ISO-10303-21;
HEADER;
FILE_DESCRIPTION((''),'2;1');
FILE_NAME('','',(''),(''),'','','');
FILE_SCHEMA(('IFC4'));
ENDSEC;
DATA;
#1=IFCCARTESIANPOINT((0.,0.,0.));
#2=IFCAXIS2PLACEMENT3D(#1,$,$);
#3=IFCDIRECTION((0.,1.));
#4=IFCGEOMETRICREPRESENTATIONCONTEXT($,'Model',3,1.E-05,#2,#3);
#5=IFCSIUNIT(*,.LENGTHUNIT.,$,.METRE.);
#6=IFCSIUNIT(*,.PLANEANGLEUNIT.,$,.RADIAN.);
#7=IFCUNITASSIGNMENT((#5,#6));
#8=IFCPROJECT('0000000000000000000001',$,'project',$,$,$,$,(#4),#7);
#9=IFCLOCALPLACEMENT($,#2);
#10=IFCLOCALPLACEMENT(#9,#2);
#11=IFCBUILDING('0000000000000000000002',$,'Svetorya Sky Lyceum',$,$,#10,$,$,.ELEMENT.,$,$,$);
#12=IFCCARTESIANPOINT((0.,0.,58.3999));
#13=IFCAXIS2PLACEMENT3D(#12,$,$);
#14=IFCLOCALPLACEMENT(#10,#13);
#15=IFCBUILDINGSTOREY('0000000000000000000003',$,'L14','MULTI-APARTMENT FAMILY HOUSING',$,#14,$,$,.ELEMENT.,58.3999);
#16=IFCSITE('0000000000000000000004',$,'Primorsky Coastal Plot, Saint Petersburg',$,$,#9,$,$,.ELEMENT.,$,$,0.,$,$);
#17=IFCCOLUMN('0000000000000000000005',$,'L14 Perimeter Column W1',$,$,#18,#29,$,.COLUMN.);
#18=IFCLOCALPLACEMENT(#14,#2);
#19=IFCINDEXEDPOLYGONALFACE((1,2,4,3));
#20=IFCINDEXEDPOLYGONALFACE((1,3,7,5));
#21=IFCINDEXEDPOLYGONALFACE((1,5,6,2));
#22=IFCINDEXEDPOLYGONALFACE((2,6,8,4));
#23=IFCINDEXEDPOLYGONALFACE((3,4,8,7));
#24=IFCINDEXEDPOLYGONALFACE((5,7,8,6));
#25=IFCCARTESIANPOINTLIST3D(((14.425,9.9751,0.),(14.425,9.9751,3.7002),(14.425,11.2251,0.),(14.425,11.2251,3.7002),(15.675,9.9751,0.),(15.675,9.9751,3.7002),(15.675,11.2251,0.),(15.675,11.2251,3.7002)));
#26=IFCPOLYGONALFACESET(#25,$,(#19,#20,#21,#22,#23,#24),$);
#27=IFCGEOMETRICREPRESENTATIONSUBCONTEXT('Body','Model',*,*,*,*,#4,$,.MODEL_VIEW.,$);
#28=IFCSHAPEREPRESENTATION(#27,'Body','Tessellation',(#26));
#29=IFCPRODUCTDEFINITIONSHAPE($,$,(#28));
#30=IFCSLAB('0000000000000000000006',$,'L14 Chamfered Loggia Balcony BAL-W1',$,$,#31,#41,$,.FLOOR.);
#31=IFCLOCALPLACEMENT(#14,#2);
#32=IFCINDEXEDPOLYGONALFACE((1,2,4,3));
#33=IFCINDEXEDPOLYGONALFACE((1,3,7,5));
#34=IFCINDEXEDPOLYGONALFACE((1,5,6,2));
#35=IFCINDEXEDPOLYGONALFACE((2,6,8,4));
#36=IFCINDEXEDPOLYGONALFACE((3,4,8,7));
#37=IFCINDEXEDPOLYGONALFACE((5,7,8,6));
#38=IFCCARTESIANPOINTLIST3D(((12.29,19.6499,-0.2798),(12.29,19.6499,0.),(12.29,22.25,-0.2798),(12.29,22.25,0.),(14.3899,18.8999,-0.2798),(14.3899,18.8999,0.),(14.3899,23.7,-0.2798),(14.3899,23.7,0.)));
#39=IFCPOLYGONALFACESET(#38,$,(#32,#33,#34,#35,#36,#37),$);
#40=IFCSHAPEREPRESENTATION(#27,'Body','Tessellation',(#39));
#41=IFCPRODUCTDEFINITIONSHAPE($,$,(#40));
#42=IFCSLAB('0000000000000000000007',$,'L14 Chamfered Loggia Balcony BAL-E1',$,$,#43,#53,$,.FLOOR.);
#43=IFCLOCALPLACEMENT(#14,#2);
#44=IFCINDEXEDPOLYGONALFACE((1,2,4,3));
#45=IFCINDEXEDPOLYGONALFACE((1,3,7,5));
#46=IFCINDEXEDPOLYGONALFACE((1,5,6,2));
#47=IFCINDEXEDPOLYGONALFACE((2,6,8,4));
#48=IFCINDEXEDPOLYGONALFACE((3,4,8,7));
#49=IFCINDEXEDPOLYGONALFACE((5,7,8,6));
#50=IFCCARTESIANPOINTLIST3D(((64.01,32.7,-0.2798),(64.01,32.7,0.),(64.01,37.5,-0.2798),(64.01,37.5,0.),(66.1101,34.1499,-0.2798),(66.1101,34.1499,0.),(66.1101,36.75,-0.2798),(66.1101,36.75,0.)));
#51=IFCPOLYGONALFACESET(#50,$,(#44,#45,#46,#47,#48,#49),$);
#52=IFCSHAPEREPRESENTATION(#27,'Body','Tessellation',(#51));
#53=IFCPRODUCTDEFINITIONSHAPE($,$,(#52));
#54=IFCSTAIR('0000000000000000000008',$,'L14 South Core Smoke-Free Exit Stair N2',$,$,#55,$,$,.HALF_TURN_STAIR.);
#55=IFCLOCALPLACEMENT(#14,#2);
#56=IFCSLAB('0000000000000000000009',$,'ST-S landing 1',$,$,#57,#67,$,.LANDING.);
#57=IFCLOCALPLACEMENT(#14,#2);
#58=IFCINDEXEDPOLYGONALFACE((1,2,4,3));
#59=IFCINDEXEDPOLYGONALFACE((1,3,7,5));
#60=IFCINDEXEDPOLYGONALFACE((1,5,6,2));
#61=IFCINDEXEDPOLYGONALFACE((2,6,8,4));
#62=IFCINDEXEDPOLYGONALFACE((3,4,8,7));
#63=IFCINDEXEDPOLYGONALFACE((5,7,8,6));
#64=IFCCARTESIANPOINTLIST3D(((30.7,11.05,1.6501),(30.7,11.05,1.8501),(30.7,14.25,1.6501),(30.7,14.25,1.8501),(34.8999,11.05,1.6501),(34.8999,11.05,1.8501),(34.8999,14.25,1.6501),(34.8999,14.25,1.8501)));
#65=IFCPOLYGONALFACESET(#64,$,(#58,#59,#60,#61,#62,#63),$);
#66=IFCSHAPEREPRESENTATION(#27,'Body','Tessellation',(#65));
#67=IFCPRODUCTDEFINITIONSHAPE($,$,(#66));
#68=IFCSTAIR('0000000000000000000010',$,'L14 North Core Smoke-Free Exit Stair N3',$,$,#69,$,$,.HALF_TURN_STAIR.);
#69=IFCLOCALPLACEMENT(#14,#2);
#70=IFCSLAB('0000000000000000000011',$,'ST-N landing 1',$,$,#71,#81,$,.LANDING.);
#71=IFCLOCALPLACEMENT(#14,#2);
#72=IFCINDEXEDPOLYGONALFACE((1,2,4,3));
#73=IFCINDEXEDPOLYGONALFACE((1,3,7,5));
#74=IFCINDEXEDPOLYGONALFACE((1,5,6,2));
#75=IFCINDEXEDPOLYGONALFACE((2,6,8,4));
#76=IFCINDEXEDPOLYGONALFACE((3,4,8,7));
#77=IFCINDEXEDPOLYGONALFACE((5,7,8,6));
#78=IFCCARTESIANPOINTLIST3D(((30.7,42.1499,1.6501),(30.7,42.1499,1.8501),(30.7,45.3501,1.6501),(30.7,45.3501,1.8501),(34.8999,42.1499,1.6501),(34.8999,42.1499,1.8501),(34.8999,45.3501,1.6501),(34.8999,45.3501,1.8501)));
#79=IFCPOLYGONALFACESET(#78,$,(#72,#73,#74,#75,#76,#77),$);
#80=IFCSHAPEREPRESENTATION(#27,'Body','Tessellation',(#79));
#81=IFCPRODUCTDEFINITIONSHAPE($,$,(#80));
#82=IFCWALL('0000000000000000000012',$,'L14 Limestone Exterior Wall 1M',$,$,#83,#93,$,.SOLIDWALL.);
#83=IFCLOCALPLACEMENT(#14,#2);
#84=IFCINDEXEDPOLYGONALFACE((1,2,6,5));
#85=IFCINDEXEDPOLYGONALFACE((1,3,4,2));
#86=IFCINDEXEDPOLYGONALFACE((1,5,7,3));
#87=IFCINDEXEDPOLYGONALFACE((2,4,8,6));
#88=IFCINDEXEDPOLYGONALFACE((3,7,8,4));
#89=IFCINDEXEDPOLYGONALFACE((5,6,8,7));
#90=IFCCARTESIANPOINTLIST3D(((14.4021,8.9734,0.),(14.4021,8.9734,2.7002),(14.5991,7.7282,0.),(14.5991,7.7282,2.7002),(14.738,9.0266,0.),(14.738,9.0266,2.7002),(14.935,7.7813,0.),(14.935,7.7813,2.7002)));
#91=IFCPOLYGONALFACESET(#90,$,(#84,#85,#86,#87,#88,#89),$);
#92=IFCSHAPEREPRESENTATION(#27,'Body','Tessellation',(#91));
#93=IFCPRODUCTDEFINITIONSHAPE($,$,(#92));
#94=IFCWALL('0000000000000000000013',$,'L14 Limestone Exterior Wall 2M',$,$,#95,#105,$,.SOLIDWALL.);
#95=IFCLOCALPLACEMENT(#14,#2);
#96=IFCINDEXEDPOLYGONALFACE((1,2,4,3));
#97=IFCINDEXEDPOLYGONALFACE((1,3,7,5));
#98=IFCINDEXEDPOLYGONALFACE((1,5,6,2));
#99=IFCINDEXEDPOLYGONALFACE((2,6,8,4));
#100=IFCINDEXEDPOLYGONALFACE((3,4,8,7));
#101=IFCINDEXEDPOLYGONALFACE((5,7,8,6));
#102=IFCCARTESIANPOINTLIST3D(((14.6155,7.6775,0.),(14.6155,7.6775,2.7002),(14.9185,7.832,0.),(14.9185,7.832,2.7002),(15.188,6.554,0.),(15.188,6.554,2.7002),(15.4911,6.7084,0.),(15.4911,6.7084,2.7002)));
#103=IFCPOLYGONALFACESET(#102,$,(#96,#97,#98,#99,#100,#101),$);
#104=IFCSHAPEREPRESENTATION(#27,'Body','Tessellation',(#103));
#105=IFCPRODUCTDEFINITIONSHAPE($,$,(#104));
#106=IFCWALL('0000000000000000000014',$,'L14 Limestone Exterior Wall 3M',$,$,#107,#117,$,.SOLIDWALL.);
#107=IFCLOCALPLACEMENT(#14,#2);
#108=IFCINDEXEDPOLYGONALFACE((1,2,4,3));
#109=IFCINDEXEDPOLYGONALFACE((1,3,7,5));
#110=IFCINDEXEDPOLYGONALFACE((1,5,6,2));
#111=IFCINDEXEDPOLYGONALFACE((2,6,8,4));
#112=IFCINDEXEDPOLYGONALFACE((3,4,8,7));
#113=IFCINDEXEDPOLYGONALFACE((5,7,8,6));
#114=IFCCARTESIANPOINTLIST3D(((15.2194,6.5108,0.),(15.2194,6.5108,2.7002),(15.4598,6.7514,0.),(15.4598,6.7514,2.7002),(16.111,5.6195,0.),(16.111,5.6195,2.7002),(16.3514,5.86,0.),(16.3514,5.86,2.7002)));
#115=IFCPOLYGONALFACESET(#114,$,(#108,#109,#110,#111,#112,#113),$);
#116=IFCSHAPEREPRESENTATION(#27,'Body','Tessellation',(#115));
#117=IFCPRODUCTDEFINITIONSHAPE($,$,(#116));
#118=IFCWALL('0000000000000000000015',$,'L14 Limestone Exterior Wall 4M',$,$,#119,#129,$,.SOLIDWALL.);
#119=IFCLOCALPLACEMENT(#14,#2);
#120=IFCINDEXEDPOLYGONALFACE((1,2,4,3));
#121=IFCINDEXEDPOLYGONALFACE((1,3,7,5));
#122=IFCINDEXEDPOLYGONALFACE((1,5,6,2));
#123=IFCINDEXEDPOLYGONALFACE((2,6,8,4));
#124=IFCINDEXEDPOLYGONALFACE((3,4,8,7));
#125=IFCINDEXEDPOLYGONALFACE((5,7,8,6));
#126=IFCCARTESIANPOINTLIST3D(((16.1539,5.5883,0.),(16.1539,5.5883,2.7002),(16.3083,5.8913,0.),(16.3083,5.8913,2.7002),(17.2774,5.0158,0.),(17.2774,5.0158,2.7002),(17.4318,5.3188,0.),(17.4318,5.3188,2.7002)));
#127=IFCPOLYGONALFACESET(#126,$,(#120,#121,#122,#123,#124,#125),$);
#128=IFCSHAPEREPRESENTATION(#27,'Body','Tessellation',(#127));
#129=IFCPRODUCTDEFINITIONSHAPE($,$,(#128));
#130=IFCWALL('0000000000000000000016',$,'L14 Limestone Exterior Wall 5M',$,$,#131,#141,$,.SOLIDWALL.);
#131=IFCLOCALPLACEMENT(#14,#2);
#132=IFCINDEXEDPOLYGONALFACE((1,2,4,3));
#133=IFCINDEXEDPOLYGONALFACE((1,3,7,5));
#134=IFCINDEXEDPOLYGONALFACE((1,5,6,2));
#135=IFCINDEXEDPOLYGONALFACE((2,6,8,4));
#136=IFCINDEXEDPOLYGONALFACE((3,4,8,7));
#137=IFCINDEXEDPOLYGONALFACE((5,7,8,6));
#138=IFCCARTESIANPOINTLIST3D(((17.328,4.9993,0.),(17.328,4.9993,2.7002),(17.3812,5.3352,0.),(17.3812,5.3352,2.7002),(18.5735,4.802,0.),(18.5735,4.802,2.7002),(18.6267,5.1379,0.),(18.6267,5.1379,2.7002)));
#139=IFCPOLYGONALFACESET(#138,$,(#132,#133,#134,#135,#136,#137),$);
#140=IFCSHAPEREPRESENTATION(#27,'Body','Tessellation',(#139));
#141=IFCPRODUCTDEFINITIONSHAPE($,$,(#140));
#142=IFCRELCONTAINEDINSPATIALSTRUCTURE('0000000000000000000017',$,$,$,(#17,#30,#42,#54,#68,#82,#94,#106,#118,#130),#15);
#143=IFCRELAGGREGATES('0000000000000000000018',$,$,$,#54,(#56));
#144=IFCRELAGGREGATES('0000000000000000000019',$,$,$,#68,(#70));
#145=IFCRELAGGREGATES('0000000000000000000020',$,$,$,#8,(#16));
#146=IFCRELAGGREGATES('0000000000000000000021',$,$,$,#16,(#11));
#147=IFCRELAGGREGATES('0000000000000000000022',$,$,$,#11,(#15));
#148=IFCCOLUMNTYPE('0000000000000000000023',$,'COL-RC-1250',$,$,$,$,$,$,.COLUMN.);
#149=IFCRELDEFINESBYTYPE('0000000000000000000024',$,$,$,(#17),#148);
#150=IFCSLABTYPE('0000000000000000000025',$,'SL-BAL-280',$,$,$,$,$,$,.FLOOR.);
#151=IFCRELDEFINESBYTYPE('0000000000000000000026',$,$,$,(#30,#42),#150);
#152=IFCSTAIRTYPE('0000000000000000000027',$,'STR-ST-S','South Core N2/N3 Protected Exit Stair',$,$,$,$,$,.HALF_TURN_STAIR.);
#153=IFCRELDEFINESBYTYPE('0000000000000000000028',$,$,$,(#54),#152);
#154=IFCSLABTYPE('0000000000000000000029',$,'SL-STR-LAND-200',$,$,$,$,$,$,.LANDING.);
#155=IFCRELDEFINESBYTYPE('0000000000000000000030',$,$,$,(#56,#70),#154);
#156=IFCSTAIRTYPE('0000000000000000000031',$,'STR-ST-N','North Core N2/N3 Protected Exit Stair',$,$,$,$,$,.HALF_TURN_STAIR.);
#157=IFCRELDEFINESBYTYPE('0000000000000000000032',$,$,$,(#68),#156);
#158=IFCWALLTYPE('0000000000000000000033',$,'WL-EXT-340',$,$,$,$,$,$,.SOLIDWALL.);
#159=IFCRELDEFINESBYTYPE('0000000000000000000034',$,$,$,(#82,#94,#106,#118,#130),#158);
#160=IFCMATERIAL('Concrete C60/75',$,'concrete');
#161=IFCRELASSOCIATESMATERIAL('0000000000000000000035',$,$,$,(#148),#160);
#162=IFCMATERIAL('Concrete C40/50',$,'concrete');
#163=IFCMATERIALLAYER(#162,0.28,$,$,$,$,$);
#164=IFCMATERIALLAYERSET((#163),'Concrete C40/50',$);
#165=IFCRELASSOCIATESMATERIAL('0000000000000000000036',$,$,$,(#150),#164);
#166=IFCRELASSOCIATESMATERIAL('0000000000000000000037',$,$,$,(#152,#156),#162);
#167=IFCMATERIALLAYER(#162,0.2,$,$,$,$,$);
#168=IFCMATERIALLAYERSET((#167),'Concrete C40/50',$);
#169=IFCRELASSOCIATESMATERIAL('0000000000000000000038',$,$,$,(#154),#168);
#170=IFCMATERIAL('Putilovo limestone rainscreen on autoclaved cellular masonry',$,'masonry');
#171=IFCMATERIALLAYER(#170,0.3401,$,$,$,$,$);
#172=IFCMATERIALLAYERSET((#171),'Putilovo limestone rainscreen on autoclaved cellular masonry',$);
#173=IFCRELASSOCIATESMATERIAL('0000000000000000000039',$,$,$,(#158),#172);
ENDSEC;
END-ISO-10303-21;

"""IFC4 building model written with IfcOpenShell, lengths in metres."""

from ifc_helpers import new_model, si_unit, direction, frame, frame_2d, origin, origin_2d, place, context, subcontext, project, spatial, polyline, rectangle, outline, extrude, material, layer, layer_set, material_profile, profile_set, type_object, element, aggregate, save


model = new_model("IFC4")

# Units and contexts
model_context = context("Model", 3, precision=1e-05, world=origin(), true_north=direction((0.0, 1.0)))
body_context = subcontext(model_context, "Body", "Model", "MODEL_VIEW")
ifc_project = project(units=[si_unit("LENGTHUNIT", "METRE"), si_unit("PLANEANGLEUNIT", "RADIAN")], contexts=[model_context])

# Site, building, storey
site_placement = place(None, origin())
site = spatial("IfcSite", under=ifc_project, at=site_placement, Name="Primorsky Coastal Plot, Saint Petersburg", CompositionType="ELEMENT", RefElevation=0.0)
building_placement = place(site_placement, origin())
building = spatial("IfcBuilding", under=site, at=building_placement, Name="Svetorya Sky Lyceum", CompositionType="ELEMENT")
storey_placement = place(building_placement, frame((0.0, 0.0, 58.3999)))
storey = spatial("IfcBuildingStorey", under=building, at=storey_placement, Name="L14", Description="MULTI-APARTMENT FAMILY HOUSING", CompositionType="ELEMENT", Elevation=58.3999)

# Column
ifc_material_1 = material(Name="Concrete C60/75", Category="concrete")
ifc_material_profile = material_profile(ifc_material_1, rectangle(XDim=1.25, YDim=1.25, at=origin_2d()), Name="RC COL 1250x1250")
ifc_profile_set = profile_set([ifc_material_profile], Name="Concrete C60/75")
column_type = type_object("IfcColumnType", Name="COL-RC-1250", PredefinedType="COLUMN", material=ifc_profile_set)
column_placement = place(storey_placement, frame((15.05, 10.6001, 0.0), z_axis=(0.0, 0.0, 1.0), x_axis=(1.0, 0.0, 0.0)))
element("IfcColumn", 1, at=column_placement, inside=storey, type_object=column_type, Name="L14 Perimeter Column W1", PredefinedType="COLUMN", context=body_context, shape_type="SweptSolid", body=[
    extrude(rectangle(XDim=1.25, YDim=1.25, at=origin_2d()), origin(), (0.0, 0.0, 1.0), 3.7002),
])

# Slabs
ifc_material_2 = material(Name="Concrete C40/50", Category="concrete")
ifc_layer_1 = layer(ifc_material_2, 0.28)
ifc_layer_set_1 = layer_set([ifc_layer_1], Name="Concrete C40/50")
slab_type_1 = type_object("IfcSlabType", Name="SL-BAL-280", PredefinedType="FLOOR", material=ifc_layer_set_1)
slab_1_placement = place(storey_placement, frame((0.0, 0.0, -0.2798)))
element("IfcSlab", 2, at=slab_1_placement, inside=storey, type_object=slab_type_1, Name="L14 Chamfered Loggia Balcony BAL-W1", PredefinedType="FLOOR", context=body_context, shape_type="SweptSolid", body=[
    extrude(outline(polyline([(14.3899, 18.8999), (14.3899, 23.7), (12.29, 22.25), (12.29, 19.6499), (14.3899, 18.8999)])), origin(), (0.0, 0.0, 1.0), 0.2798),
])
slab_2_placement = place(storey_placement, frame((0.0, 0.0, -0.2798)))
element("IfcSlab", 3, at=slab_2_placement, inside=storey, type_object=slab_type_1, Name="L14 Chamfered Loggia Balcony BAL-E1", PredefinedType="FLOOR", context=body_context, shape_type="SweptSolid", body=[
    extrude(outline(polyline([(64.01, 32.7), (66.1101, 34.1499), (66.1101, 36.75), (64.01, 37.5), (64.01, 32.7)])), origin(), (0.0, 0.0, 1.0), 0.2798),
])

# Stairs, slabs
stair_type_1 = type_object("IfcStairType", Name="STR-ST-S", Description="South Core N2/N3 Protected Exit Stair", PredefinedType="HALF_TURN_STAIR", material=ifc_material_2)
stair_1_placement = place(storey_placement, origin())
stair_1 = element("IfcStair", 4, at=stair_1_placement, inside=storey, type_object=stair_type_1, Name="L14 South Core Smoke-Free Exit Stair N2", PredefinedType="HALF_TURN_STAIR")
ifc_layer_2 = layer(ifc_material_2, 0.2)
ifc_layer_set_2 = layer_set([ifc_layer_2], Name="Concrete C40/50")
slab_type_2 = type_object("IfcSlabType", Name="SL-STR-LAND-200", PredefinedType="LANDING", material=ifc_layer_set_2)
slab_3_placement = place(storey_placement, frame((0.0, 0.0, 1.6501)))
slab_3 = element("IfcSlab", 5, at=slab_3_placement, type_object=slab_type_2, Name="ST-S landing 1", PredefinedType="LANDING", context=body_context, shape_type="SweptSolid", body=[
    extrude(outline(polyline([(30.7, 11.05), (34.8999, 11.05), (34.8999, 14.25), (30.7, 14.25), (30.7, 11.05)])), origin(), (0.0, 0.0, 1.0), 0.2),
])
aggregate(stair_1, [slab_3])
stair_type_2 = type_object("IfcStairType", Name="STR-ST-N", Description="North Core N2/N3 Protected Exit Stair", PredefinedType="HALF_TURN_STAIR", material=ifc_material_2)
stair_2_placement = place(storey_placement, origin())
stair_2 = element("IfcStair", 6, at=stair_2_placement, inside=storey, type_object=stair_type_2, Name="L14 North Core Smoke-Free Exit Stair N3", PredefinedType="HALF_TURN_STAIR")
slab_4_placement = place(storey_placement, frame((0.0, 0.0, 1.6501)))
slab_4 = element("IfcSlab", 7, at=slab_4_placement, type_object=slab_type_2, Name="ST-N landing 1", PredefinedType="LANDING", context=body_context, shape_type="SweptSolid", body=[
    extrude(outline(polyline([(30.7, 42.1499), (34.8999, 42.1499), (34.8999, 45.3501), (30.7, 45.3501), (30.7, 42.1499)])), origin(), (0.0, 0.0, 1.0), 0.2),
])
aggregate(stair_2, [slab_4])

# Walls
ifc_material_3 = material(Name="Putilovo limestone rainscreen on autoclaved cellular masonry", Category="masonry")
ifc_layer_3 = layer(ifc_material_3, 0.3401)
ifc_layer_set_3 = layer_set([ifc_layer_3], Name="Putilovo limestone rainscreen on autoclaved cellular masonry")
wall_type_1 = type_object("IfcWallType", Name="WL-EXT-340", PredefinedType="SOLIDWALL", material=ifc_layer_set_3)
wall_1_placement = place(storey_placement, frame((14.5701, 9.0, 0.0), z_axis=(0.0, 0.0, 1.0), x_axis=(0.156261, -0.987716, 0.0)))
element("IfcWall", 8, at=wall_1_placement, inside=storey, type_object=wall_type_1, Name="L14 Limestone Exterior Wall 1M", PredefinedType="SOLIDWALL", context=body_context, shape_type="SweptSolid", body=[
    extrude(rectangle(XDim=1.2607, YDim=0.3401, at=frame_2d((0.6304, 0.0))), origin(), (0.0, 0.0, 1.0), 2.7002),
])
wall_2_placement = place(storey_placement, frame((14.7671, 7.7546, 0.0), z_axis=(0.0, 0.0, 1.0), x_axis=(0.454016, -0.890994, 0.0)))
element("IfcWall", 9, at=wall_2_placement, inside=storey, type_object=wall_type_1, Name="L14 Limestone Exterior Wall 2M", PredefinedType="SOLIDWALL", context=body_context, shape_type="SweptSolid", body=[
    extrude(rectangle(XDim=1.261, YDim=0.3401, at=frame_2d((0.6304, 0.0))), origin(), (0.0, 0.0, 1.0), 2.7002),
])
wall_3_placement = place(storey_placement, frame((15.3396, 6.6311, 0.0), z_axis=(0.0, 0.0, 1.0), x_axis=(0.707204, -0.70701, 0.0)))
element("IfcWall", 10, at=wall_3_placement, inside=storey, type_object=wall_type_1, Name="L14 Limestone Exterior Wall 3M", PredefinedType="SOLIDWALL", context=body_context, shape_type="SweptSolid", body=[
    extrude(rectangle(XDim=1.2607, YDim=0.3401, at=frame_2d((0.6304, 0.0))), origin(), (0.0, 0.0, 1.0), 2.7002),
])
for number, where, z_axis, x_axis, name in (
    (11, (16.2312, 5.7397, 0.0), (0.0, 0.0, 1.0), (0.890994, -0.454016, 0.0), "L14 Limestone Exterior Wall 4M"),
    (12, (17.3547, 5.1672, 0.0), (0.0, 0.0, 1.0), (0.987686, -0.15645, 0.0), "L14 Limestone Exterior Wall 5M"),
):
    element("IfcWall", number, at=place(storey_placement, frame(where, z_axis=z_axis, x_axis=x_axis)), inside=storey, type_object=wall_type_1, Name=name, PredefinedType="SOLIDWALL", context=body_context, shape_type="SweptSolid", body=[
        extrude(rectangle(XDim=1.261, YDim=0.3401, at=frame_2d((0.6304, 0.0))), origin(), (0.0, 0.0, 1.0), 2.7002),
    ])

save(model, "model.ifc")
